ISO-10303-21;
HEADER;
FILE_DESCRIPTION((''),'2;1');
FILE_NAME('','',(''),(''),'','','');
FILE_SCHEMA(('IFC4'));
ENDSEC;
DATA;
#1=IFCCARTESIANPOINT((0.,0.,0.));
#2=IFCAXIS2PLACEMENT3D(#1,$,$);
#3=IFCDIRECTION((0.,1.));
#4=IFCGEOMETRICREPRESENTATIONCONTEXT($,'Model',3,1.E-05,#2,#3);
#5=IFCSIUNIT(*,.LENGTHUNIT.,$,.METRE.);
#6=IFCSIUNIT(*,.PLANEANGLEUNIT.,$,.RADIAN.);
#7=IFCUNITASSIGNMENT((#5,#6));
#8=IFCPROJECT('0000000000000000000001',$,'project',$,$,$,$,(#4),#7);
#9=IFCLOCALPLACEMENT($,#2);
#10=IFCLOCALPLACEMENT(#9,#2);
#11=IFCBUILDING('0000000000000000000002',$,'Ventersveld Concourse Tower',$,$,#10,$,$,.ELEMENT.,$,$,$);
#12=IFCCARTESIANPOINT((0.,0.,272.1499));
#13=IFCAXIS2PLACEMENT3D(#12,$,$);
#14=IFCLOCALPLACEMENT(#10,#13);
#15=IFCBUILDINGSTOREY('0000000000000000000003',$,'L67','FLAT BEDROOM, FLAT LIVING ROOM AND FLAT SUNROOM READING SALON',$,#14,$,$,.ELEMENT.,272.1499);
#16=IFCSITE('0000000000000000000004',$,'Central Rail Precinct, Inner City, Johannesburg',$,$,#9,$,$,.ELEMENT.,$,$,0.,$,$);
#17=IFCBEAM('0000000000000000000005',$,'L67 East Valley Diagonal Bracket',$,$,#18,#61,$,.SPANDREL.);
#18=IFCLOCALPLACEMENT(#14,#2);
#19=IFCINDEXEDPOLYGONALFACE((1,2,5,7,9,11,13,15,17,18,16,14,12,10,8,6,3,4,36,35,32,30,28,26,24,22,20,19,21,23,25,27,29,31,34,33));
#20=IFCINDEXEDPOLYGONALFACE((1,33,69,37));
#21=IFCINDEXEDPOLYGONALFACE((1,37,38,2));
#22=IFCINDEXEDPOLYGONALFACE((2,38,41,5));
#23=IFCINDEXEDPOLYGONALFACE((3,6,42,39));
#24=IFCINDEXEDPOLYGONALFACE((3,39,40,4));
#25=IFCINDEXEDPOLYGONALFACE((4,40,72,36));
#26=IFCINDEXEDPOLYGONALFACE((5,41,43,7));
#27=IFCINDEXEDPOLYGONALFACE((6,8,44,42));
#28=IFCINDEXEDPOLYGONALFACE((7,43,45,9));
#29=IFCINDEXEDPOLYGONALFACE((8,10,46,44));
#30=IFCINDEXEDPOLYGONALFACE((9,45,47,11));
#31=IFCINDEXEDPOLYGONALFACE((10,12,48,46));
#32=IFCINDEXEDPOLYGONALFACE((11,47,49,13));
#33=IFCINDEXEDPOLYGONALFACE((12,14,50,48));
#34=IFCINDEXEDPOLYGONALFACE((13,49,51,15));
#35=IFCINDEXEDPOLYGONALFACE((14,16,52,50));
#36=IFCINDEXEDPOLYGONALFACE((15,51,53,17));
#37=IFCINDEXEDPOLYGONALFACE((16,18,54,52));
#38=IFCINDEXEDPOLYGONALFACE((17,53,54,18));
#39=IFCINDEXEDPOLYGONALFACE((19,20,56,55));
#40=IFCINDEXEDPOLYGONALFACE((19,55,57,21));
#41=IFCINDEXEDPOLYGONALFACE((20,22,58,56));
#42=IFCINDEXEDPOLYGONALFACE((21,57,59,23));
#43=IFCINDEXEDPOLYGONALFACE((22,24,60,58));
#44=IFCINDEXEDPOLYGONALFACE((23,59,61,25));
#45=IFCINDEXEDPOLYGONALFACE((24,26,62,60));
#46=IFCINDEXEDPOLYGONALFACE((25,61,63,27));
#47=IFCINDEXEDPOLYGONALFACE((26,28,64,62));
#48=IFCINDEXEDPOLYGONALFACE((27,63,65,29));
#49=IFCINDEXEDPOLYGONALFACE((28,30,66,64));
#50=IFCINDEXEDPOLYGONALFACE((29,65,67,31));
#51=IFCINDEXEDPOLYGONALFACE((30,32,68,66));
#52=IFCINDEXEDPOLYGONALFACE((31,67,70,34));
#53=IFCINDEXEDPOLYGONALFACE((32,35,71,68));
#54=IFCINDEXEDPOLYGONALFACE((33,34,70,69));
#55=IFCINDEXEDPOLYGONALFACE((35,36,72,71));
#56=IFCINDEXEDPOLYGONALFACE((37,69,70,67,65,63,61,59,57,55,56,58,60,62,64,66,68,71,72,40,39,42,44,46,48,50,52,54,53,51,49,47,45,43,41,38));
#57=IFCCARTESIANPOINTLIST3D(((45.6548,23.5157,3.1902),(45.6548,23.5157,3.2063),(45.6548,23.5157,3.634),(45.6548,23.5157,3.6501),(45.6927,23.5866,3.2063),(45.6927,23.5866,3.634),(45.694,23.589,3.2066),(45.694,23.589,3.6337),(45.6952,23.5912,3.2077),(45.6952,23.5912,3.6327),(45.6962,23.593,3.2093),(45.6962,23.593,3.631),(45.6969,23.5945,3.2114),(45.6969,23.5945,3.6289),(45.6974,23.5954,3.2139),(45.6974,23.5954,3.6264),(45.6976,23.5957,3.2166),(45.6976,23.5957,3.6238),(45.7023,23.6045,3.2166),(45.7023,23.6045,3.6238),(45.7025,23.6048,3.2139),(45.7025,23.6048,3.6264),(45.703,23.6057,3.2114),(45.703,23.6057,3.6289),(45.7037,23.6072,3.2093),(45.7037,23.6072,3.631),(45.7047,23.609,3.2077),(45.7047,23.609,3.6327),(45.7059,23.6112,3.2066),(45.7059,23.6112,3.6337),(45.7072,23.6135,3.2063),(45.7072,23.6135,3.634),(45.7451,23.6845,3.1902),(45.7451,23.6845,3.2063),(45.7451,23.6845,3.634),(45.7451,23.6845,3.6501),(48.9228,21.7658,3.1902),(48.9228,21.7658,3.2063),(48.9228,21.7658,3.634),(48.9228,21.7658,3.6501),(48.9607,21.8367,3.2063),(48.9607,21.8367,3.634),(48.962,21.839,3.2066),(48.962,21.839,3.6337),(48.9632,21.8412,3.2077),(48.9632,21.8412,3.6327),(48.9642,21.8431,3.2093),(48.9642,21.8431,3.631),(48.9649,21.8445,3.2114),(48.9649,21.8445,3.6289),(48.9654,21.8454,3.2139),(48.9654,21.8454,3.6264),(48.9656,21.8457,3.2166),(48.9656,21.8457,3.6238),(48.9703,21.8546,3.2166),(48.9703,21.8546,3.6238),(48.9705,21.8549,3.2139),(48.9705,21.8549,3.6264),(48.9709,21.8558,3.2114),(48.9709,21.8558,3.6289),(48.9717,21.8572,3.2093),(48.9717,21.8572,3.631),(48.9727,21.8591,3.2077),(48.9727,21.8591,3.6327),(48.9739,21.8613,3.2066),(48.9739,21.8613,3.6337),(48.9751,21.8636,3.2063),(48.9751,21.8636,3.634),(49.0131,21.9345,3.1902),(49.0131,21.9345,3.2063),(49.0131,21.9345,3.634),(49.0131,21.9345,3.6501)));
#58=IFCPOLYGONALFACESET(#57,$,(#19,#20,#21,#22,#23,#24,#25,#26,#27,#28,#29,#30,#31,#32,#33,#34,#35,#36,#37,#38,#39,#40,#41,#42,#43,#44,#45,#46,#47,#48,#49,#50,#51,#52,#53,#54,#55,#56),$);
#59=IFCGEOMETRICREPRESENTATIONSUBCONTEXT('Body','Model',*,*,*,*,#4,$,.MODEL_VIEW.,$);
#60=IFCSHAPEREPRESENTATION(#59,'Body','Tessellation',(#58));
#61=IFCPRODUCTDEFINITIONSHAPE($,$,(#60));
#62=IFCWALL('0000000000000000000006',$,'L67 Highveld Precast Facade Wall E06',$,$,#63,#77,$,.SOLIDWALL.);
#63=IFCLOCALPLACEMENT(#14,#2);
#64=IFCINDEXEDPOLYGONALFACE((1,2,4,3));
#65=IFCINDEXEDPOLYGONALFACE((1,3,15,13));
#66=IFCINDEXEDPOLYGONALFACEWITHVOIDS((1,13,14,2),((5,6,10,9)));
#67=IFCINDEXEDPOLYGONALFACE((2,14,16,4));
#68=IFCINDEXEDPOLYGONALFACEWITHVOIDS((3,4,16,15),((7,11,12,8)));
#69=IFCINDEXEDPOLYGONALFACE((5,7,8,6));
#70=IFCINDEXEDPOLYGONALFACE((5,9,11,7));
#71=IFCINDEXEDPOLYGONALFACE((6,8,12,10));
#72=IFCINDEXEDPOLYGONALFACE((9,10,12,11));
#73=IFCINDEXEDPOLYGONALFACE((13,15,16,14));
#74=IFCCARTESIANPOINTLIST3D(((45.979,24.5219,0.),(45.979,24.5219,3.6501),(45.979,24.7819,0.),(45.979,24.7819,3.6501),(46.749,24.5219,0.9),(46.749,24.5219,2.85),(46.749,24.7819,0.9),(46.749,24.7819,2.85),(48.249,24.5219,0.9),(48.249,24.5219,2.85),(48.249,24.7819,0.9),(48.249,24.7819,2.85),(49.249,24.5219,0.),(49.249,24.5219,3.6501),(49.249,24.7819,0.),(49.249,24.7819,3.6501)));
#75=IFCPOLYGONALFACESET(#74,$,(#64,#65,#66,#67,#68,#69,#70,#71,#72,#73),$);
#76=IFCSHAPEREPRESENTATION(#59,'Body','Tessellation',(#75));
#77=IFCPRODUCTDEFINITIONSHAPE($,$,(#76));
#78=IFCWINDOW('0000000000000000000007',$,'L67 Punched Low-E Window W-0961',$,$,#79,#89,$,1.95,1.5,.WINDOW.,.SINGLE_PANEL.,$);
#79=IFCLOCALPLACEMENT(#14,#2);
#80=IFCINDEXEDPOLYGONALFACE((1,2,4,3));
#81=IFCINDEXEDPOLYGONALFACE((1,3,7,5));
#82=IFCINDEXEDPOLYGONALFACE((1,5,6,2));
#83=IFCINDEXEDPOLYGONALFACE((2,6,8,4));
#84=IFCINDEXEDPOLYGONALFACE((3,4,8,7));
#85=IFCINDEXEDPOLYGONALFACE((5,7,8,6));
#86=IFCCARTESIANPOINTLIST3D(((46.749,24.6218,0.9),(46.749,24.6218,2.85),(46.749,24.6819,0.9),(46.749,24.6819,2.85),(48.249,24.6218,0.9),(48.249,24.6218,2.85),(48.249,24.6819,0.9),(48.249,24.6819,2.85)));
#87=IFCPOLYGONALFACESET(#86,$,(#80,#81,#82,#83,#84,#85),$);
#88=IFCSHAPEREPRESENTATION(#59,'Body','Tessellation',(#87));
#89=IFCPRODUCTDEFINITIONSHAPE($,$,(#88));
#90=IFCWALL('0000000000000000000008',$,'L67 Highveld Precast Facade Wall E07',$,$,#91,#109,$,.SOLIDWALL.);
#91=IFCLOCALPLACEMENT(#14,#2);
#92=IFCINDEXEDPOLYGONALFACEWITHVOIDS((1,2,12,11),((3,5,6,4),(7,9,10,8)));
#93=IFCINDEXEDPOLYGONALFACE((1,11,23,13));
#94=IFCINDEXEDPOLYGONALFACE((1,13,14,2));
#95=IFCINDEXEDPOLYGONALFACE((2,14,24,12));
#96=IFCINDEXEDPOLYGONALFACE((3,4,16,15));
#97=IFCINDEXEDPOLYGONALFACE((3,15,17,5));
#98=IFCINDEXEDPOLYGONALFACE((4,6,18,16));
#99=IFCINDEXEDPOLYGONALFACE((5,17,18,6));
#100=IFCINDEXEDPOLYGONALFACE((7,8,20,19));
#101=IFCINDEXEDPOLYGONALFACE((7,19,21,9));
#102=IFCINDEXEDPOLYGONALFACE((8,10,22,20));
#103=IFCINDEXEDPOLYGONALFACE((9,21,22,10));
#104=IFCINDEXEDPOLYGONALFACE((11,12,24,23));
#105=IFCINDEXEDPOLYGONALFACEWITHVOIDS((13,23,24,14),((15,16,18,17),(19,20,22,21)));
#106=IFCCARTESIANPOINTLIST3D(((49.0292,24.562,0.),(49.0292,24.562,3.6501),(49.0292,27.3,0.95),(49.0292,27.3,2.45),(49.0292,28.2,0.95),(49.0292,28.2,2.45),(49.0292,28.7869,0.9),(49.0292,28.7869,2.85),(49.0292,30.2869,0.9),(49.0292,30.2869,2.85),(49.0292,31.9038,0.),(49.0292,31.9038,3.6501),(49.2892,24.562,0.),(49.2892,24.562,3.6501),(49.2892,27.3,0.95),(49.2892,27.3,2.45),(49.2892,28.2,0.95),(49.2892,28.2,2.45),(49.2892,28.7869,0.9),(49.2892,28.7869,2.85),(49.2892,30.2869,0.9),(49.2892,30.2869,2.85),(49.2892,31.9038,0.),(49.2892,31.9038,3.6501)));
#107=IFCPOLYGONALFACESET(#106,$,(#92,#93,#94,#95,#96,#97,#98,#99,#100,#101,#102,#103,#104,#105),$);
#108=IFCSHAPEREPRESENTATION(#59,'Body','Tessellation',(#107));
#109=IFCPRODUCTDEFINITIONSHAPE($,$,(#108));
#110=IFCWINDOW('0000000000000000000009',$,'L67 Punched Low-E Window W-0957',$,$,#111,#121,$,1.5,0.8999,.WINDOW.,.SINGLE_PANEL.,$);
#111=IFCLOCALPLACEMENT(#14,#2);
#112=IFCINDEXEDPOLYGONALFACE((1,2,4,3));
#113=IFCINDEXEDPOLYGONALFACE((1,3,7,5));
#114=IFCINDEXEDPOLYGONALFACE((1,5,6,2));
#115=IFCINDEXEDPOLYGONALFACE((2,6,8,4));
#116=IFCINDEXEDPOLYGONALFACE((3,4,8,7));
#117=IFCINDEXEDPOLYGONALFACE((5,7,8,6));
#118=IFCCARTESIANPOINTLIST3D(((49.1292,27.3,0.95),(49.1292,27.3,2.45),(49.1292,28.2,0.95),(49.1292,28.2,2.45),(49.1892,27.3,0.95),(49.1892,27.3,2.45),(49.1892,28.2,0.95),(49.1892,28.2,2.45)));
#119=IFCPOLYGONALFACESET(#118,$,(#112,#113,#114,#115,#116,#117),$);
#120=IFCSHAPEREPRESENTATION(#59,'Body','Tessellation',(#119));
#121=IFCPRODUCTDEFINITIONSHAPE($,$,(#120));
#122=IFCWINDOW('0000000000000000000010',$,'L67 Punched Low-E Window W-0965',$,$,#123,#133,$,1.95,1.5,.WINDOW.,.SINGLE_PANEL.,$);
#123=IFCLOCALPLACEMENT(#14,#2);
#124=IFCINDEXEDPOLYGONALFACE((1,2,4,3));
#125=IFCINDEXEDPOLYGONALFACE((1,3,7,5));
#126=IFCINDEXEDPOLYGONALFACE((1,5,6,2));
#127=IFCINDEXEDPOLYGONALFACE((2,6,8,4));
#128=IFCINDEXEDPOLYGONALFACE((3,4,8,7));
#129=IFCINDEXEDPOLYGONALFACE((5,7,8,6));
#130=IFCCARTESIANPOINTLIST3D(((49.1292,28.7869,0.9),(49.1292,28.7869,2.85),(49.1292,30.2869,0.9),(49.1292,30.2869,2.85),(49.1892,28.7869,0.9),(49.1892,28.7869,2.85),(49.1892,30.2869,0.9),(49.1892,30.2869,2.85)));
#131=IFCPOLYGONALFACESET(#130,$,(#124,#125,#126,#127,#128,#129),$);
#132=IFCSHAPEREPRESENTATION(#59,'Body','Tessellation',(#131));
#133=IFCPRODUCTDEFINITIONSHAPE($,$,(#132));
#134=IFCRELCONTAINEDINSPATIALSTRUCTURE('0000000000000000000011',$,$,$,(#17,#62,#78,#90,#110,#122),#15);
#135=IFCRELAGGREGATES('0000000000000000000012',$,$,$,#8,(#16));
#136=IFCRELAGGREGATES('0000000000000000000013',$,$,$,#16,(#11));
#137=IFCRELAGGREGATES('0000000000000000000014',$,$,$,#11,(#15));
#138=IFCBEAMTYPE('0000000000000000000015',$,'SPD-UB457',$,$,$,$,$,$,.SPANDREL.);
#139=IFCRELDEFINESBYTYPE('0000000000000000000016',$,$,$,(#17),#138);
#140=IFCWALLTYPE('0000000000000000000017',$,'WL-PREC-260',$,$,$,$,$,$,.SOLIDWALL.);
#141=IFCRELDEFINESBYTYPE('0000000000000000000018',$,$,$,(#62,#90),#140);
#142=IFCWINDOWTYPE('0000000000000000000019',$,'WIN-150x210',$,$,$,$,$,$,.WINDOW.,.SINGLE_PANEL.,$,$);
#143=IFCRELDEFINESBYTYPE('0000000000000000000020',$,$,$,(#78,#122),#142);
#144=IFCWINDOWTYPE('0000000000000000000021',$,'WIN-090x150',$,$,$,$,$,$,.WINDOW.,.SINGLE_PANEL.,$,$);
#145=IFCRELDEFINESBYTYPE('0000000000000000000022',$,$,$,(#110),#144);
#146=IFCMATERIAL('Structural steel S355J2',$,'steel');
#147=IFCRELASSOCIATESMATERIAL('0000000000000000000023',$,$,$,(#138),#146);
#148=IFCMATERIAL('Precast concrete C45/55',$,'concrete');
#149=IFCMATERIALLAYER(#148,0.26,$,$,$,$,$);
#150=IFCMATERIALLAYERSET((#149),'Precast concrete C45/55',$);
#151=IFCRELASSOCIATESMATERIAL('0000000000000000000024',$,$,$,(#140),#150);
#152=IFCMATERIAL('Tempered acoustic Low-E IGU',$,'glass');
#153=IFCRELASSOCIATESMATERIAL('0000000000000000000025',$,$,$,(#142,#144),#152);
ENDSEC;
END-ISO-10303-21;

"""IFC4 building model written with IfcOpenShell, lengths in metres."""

from ifc_helpers import new_model, si_unit, direction, frame, frame_2d, origin, origin_2d, place, context, subcontext, project, spatial, rectangle, i_section, extrude, material, layer, layer_set, material_profile, profile_set, type_object, element, fill, save


model = new_model("IFC4")

# Units and contexts
model_context = context("Model", 3, precision=1e-05, world=origin(), true_north=direction((0.0, 1.0)))
body_context = subcontext(model_context, "Body", "Model", "MODEL_VIEW")
ifc_project = project(units=[si_unit("LENGTHUNIT", "METRE"), si_unit("PLANEANGLEUNIT", "RADIAN")], contexts=[model_context])

# Site, building, storey
site_placement = place(None, origin())
site = spatial("IfcSite", under=ifc_project, at=site_placement, Name="Central Rail Precinct, Inner City, Johannesburg", CompositionType="ELEMENT", RefElevation=0.0)
building_placement = place(site_placement, origin())
building = spatial("IfcBuilding", under=site, at=building_placement, Name="Ventersveld Concourse Tower", CompositionType="ELEMENT")
storey_placement = place(building_placement, frame((0.0, 0.0, 272.1499)))
storey = spatial("IfcBuildingStorey", under=building, at=storey_placement, Name="L67", Description="FLAT BEDROOM, FLAT LIVING ROOM AND FLAT SUNROOM READING SALON", CompositionType="ELEMENT", Elevation=272.1499)

# Beam
ifc_material_1 = material(Name="Structural steel S355J2", Category="steel")
ifc_material_profile_1 = material_profile(ifc_material_1, i_section(OverallWidth=0.1914, OverallDepth=0.46, WebThickness=0.01, FlangeThickness=0.0161, FilletRadius=0.0103, at=origin_2d()), Name="UB 457x191x82")
ifc_profile_set_1 = profile_set([ifc_material_profile_1], Name="Structural steel S355J2")
beam_type_1 = type_object("IfcBeamType", Name="SPD-UB457", PredefinedType="SPANDREL", material=ifc_profile_set_1)
beam_1_placement = place(storey_placement, frame((45.7, 23.6001, 3.4202), z_axis=(0.881564, -0.472064, 0.0), x_axis=(0.472064, 0.881564, 0.0)))
element("IfcBeam", 1, at=beam_1_placement, inside=storey, type_object=beam_type_1, Name="L67 East Valley Diagonal Bracket", PredefinedType="SPANDREL", context=body_context, shape_type="SweptSolid", body=[
    extrude(i_section(OverallWidth=0.1914, OverallDepth=0.46, WebThickness=0.01, FlangeThickness=0.0161, FilletRadius=0.0103, at=origin_2d()), origin(), (0.0, 0.0, 1.0), 3.707),
])

# Wall, opening, window
ifc_material_2 = material(Name="Precast concrete C45/55", Category="concrete")
ifc_layer = layer(ifc_material_2, 0.26)
ifc_layer_set = layer_set([ifc_layer], Name="Precast concrete C45/55")
wall_type = type_object("IfcWallType", Name="WL-PREC-260", PredefinedType="SOLIDWALL", material=ifc_layer_set)
wall_1_placement = place(storey_placement, frame((45.979, 24.6519, 0.0), z_axis=(0.0, 0.0, 1.0), x_axis=(1.0, 0.0, 0.0)))
wall_1 = element("IfcWall", 2, at=wall_1_placement, inside=storey, type_object=wall_type, Name="L67 Highveld Precast Facade Wall E06", PredefinedType="SOLIDWALL", context=body_context, shape_type="SweptSolid", body=[
    extrude(rectangle(XDim=3.27, YDim=0.26, at=frame_2d((1.635, 0.0))), origin(), (0.0, 0.0, 1.0), 3.6501),
])
opening_1_placement = place(wall_1_placement, frame((0.77, 0.0, 0.8999)))
opening_1 = element("IfcOpeningElement", 3, at=opening_1_placement, cuts=wall_1, PredefinedType="OPENING", context=body_context, shape_type="SweptSolid", body=[
    extrude(rectangle(XDim=1.5, YDim=1.95, at=frame_2d((0.75, 0.9751))), frame((0.0, 0.1401, 0.0), z_axis=(0.0, -1.0, 0.0), x_axis=(1.0, 0.0, 0.0)), (0.0, 0.0, 1.0), 0.28),
])
ifc_material_3 = material(Name="Tempered acoustic Low-E IGU", Category="glass")
window_type_1 = type_object("IfcWindowType", Name="WIN-150x210", PartitioningType="SINGLE_PANEL", PredefinedType="WINDOW", material=ifc_material_3)
window_1_placement = place(opening_1_placement, origin())
window_1 = element("IfcWindow", 4, at=window_1_placement, inside=storey, type_object=window_type_1, Name="L67 Punched Low-E Window W-0961", OverallHeight=1.95, OverallWidth=1.5, PartitioningType="SINGLE_PANEL", PredefinedType="WINDOW", context=body_context, shape_type="SweptSolid", body=[
    extrude(rectangle(XDim=1.5, YDim=1.95, at=frame_2d((0.75, 0.9751))), frame((0.0, 0.03, 0.0), z_axis=(0.0, -1.0, 0.0), x_axis=(1.0, 0.0, 0.0)), (0.0, 0.0, 1.0), 0.0601),
])
fill(opening_1, window_1)

# Wall, openings, windows
wall_2_placement = place(storey_placement, frame((49.1592, 24.562, 0.0), z_axis=(0.0, 0.0, 1.0), x_axis=(0.0, 1.0, 0.0)))
wall_2 = element("IfcWall", 5, at=wall_2_placement, inside=storey, type_object=wall_type, Name="L67 Highveld Precast Facade Wall E07", PredefinedType="SOLIDWALL", context=body_context, shape_type="SweptSolid", body=[
    extrude(rectangle(XDim=7.3418, YDim=0.26, at=frame_2d((3.6709, 0.0))), origin(), (0.0, 0.0, 1.0), 3.6501),
])
opening_2_placement = place(wall_2_placement, frame((2.738, 0.0, 0.95)))
opening_2 = element("IfcOpeningElement", 6, at=opening_2_placement, cuts=wall_2, PredefinedType="OPENING", context=body_context, shape_type="SweptSolid", body=[
    extrude(rectangle(XDim=0.8999, YDim=1.5, at=frame_2d((0.45, 0.75))), frame((0.0, 0.1401, 0.0), z_axis=(0.0, -1.0, 0.0), x_axis=(1.0, 0.0, 0.0)), (0.0, 0.0, 1.0), 0.28),
])
opening_3_placement = place(wall_2_placement, frame((4.2249, 0.0, 0.8999)))
opening_3 = element("IfcOpeningElement", 7, at=opening_3_placement, cuts=wall_2, PredefinedType="OPENING", context=body_context, shape_type="SweptSolid", body=[
    extrude(rectangle(XDim=1.5, YDim=1.95, at=frame_2d((0.75, 0.9751))), frame((0.0, 0.1401, 0.0), z_axis=(0.0, -1.0, 0.0), x_axis=(1.0, 0.0, 0.0)), (0.0, 0.0, 1.0), 0.28),
])
window_type_2 = type_object("IfcWindowType", Name="WIN-090x150", PartitioningType="SINGLE_PANEL", PredefinedType="WINDOW", material=ifc_material_3)
window_2_placement = place(opening_2_placement, origin())
window_2 = element("IfcWindow", 8, at=window_2_placement, inside=storey, type_object=window_type_2, Name="L67 Punched Low-E Window W-0957", OverallHeight=1.5, OverallWidth=0.8999, PartitioningType="SINGLE_PANEL", PredefinedType="WINDOW", context=body_context, shape_type="SweptSolid", body=[
    extrude(rectangle(XDim=0.8999, YDim=1.5, at=frame_2d((0.45, 0.75))), frame((0.0, 0.03, 0.0), z_axis=(0.0, -1.0, 0.0), x_axis=(1.0, 0.0, 0.0)), (0.0, 0.0, 1.0), 0.0601),
])
fill(opening_2, window_2)
window_3_placement = place(opening_3_placement, origin())
window_3 = element("IfcWindow", 9, at=window_3_placement, inside=storey, type_object=window_type_1, Name="L67 Punched Low-E Window W-0965", OverallHeight=1.95, OverallWidth=1.5, PartitioningType="SINGLE_PANEL", PredefinedType="WINDOW", context=body_context, shape_type="SweptSolid", body=[
    extrude(rectangle(XDim=1.5, YDim=1.95, at=frame_2d((0.75, 0.9751))), frame((0.0, 0.03, 0.0), z_axis=(0.0, -1.0, 0.0), x_axis=(1.0, 0.0, 0.0)), (0.0, 0.0, 1.0), 0.0601),
])
fill(opening_3, window_3)

save(model, "model.ifc")
